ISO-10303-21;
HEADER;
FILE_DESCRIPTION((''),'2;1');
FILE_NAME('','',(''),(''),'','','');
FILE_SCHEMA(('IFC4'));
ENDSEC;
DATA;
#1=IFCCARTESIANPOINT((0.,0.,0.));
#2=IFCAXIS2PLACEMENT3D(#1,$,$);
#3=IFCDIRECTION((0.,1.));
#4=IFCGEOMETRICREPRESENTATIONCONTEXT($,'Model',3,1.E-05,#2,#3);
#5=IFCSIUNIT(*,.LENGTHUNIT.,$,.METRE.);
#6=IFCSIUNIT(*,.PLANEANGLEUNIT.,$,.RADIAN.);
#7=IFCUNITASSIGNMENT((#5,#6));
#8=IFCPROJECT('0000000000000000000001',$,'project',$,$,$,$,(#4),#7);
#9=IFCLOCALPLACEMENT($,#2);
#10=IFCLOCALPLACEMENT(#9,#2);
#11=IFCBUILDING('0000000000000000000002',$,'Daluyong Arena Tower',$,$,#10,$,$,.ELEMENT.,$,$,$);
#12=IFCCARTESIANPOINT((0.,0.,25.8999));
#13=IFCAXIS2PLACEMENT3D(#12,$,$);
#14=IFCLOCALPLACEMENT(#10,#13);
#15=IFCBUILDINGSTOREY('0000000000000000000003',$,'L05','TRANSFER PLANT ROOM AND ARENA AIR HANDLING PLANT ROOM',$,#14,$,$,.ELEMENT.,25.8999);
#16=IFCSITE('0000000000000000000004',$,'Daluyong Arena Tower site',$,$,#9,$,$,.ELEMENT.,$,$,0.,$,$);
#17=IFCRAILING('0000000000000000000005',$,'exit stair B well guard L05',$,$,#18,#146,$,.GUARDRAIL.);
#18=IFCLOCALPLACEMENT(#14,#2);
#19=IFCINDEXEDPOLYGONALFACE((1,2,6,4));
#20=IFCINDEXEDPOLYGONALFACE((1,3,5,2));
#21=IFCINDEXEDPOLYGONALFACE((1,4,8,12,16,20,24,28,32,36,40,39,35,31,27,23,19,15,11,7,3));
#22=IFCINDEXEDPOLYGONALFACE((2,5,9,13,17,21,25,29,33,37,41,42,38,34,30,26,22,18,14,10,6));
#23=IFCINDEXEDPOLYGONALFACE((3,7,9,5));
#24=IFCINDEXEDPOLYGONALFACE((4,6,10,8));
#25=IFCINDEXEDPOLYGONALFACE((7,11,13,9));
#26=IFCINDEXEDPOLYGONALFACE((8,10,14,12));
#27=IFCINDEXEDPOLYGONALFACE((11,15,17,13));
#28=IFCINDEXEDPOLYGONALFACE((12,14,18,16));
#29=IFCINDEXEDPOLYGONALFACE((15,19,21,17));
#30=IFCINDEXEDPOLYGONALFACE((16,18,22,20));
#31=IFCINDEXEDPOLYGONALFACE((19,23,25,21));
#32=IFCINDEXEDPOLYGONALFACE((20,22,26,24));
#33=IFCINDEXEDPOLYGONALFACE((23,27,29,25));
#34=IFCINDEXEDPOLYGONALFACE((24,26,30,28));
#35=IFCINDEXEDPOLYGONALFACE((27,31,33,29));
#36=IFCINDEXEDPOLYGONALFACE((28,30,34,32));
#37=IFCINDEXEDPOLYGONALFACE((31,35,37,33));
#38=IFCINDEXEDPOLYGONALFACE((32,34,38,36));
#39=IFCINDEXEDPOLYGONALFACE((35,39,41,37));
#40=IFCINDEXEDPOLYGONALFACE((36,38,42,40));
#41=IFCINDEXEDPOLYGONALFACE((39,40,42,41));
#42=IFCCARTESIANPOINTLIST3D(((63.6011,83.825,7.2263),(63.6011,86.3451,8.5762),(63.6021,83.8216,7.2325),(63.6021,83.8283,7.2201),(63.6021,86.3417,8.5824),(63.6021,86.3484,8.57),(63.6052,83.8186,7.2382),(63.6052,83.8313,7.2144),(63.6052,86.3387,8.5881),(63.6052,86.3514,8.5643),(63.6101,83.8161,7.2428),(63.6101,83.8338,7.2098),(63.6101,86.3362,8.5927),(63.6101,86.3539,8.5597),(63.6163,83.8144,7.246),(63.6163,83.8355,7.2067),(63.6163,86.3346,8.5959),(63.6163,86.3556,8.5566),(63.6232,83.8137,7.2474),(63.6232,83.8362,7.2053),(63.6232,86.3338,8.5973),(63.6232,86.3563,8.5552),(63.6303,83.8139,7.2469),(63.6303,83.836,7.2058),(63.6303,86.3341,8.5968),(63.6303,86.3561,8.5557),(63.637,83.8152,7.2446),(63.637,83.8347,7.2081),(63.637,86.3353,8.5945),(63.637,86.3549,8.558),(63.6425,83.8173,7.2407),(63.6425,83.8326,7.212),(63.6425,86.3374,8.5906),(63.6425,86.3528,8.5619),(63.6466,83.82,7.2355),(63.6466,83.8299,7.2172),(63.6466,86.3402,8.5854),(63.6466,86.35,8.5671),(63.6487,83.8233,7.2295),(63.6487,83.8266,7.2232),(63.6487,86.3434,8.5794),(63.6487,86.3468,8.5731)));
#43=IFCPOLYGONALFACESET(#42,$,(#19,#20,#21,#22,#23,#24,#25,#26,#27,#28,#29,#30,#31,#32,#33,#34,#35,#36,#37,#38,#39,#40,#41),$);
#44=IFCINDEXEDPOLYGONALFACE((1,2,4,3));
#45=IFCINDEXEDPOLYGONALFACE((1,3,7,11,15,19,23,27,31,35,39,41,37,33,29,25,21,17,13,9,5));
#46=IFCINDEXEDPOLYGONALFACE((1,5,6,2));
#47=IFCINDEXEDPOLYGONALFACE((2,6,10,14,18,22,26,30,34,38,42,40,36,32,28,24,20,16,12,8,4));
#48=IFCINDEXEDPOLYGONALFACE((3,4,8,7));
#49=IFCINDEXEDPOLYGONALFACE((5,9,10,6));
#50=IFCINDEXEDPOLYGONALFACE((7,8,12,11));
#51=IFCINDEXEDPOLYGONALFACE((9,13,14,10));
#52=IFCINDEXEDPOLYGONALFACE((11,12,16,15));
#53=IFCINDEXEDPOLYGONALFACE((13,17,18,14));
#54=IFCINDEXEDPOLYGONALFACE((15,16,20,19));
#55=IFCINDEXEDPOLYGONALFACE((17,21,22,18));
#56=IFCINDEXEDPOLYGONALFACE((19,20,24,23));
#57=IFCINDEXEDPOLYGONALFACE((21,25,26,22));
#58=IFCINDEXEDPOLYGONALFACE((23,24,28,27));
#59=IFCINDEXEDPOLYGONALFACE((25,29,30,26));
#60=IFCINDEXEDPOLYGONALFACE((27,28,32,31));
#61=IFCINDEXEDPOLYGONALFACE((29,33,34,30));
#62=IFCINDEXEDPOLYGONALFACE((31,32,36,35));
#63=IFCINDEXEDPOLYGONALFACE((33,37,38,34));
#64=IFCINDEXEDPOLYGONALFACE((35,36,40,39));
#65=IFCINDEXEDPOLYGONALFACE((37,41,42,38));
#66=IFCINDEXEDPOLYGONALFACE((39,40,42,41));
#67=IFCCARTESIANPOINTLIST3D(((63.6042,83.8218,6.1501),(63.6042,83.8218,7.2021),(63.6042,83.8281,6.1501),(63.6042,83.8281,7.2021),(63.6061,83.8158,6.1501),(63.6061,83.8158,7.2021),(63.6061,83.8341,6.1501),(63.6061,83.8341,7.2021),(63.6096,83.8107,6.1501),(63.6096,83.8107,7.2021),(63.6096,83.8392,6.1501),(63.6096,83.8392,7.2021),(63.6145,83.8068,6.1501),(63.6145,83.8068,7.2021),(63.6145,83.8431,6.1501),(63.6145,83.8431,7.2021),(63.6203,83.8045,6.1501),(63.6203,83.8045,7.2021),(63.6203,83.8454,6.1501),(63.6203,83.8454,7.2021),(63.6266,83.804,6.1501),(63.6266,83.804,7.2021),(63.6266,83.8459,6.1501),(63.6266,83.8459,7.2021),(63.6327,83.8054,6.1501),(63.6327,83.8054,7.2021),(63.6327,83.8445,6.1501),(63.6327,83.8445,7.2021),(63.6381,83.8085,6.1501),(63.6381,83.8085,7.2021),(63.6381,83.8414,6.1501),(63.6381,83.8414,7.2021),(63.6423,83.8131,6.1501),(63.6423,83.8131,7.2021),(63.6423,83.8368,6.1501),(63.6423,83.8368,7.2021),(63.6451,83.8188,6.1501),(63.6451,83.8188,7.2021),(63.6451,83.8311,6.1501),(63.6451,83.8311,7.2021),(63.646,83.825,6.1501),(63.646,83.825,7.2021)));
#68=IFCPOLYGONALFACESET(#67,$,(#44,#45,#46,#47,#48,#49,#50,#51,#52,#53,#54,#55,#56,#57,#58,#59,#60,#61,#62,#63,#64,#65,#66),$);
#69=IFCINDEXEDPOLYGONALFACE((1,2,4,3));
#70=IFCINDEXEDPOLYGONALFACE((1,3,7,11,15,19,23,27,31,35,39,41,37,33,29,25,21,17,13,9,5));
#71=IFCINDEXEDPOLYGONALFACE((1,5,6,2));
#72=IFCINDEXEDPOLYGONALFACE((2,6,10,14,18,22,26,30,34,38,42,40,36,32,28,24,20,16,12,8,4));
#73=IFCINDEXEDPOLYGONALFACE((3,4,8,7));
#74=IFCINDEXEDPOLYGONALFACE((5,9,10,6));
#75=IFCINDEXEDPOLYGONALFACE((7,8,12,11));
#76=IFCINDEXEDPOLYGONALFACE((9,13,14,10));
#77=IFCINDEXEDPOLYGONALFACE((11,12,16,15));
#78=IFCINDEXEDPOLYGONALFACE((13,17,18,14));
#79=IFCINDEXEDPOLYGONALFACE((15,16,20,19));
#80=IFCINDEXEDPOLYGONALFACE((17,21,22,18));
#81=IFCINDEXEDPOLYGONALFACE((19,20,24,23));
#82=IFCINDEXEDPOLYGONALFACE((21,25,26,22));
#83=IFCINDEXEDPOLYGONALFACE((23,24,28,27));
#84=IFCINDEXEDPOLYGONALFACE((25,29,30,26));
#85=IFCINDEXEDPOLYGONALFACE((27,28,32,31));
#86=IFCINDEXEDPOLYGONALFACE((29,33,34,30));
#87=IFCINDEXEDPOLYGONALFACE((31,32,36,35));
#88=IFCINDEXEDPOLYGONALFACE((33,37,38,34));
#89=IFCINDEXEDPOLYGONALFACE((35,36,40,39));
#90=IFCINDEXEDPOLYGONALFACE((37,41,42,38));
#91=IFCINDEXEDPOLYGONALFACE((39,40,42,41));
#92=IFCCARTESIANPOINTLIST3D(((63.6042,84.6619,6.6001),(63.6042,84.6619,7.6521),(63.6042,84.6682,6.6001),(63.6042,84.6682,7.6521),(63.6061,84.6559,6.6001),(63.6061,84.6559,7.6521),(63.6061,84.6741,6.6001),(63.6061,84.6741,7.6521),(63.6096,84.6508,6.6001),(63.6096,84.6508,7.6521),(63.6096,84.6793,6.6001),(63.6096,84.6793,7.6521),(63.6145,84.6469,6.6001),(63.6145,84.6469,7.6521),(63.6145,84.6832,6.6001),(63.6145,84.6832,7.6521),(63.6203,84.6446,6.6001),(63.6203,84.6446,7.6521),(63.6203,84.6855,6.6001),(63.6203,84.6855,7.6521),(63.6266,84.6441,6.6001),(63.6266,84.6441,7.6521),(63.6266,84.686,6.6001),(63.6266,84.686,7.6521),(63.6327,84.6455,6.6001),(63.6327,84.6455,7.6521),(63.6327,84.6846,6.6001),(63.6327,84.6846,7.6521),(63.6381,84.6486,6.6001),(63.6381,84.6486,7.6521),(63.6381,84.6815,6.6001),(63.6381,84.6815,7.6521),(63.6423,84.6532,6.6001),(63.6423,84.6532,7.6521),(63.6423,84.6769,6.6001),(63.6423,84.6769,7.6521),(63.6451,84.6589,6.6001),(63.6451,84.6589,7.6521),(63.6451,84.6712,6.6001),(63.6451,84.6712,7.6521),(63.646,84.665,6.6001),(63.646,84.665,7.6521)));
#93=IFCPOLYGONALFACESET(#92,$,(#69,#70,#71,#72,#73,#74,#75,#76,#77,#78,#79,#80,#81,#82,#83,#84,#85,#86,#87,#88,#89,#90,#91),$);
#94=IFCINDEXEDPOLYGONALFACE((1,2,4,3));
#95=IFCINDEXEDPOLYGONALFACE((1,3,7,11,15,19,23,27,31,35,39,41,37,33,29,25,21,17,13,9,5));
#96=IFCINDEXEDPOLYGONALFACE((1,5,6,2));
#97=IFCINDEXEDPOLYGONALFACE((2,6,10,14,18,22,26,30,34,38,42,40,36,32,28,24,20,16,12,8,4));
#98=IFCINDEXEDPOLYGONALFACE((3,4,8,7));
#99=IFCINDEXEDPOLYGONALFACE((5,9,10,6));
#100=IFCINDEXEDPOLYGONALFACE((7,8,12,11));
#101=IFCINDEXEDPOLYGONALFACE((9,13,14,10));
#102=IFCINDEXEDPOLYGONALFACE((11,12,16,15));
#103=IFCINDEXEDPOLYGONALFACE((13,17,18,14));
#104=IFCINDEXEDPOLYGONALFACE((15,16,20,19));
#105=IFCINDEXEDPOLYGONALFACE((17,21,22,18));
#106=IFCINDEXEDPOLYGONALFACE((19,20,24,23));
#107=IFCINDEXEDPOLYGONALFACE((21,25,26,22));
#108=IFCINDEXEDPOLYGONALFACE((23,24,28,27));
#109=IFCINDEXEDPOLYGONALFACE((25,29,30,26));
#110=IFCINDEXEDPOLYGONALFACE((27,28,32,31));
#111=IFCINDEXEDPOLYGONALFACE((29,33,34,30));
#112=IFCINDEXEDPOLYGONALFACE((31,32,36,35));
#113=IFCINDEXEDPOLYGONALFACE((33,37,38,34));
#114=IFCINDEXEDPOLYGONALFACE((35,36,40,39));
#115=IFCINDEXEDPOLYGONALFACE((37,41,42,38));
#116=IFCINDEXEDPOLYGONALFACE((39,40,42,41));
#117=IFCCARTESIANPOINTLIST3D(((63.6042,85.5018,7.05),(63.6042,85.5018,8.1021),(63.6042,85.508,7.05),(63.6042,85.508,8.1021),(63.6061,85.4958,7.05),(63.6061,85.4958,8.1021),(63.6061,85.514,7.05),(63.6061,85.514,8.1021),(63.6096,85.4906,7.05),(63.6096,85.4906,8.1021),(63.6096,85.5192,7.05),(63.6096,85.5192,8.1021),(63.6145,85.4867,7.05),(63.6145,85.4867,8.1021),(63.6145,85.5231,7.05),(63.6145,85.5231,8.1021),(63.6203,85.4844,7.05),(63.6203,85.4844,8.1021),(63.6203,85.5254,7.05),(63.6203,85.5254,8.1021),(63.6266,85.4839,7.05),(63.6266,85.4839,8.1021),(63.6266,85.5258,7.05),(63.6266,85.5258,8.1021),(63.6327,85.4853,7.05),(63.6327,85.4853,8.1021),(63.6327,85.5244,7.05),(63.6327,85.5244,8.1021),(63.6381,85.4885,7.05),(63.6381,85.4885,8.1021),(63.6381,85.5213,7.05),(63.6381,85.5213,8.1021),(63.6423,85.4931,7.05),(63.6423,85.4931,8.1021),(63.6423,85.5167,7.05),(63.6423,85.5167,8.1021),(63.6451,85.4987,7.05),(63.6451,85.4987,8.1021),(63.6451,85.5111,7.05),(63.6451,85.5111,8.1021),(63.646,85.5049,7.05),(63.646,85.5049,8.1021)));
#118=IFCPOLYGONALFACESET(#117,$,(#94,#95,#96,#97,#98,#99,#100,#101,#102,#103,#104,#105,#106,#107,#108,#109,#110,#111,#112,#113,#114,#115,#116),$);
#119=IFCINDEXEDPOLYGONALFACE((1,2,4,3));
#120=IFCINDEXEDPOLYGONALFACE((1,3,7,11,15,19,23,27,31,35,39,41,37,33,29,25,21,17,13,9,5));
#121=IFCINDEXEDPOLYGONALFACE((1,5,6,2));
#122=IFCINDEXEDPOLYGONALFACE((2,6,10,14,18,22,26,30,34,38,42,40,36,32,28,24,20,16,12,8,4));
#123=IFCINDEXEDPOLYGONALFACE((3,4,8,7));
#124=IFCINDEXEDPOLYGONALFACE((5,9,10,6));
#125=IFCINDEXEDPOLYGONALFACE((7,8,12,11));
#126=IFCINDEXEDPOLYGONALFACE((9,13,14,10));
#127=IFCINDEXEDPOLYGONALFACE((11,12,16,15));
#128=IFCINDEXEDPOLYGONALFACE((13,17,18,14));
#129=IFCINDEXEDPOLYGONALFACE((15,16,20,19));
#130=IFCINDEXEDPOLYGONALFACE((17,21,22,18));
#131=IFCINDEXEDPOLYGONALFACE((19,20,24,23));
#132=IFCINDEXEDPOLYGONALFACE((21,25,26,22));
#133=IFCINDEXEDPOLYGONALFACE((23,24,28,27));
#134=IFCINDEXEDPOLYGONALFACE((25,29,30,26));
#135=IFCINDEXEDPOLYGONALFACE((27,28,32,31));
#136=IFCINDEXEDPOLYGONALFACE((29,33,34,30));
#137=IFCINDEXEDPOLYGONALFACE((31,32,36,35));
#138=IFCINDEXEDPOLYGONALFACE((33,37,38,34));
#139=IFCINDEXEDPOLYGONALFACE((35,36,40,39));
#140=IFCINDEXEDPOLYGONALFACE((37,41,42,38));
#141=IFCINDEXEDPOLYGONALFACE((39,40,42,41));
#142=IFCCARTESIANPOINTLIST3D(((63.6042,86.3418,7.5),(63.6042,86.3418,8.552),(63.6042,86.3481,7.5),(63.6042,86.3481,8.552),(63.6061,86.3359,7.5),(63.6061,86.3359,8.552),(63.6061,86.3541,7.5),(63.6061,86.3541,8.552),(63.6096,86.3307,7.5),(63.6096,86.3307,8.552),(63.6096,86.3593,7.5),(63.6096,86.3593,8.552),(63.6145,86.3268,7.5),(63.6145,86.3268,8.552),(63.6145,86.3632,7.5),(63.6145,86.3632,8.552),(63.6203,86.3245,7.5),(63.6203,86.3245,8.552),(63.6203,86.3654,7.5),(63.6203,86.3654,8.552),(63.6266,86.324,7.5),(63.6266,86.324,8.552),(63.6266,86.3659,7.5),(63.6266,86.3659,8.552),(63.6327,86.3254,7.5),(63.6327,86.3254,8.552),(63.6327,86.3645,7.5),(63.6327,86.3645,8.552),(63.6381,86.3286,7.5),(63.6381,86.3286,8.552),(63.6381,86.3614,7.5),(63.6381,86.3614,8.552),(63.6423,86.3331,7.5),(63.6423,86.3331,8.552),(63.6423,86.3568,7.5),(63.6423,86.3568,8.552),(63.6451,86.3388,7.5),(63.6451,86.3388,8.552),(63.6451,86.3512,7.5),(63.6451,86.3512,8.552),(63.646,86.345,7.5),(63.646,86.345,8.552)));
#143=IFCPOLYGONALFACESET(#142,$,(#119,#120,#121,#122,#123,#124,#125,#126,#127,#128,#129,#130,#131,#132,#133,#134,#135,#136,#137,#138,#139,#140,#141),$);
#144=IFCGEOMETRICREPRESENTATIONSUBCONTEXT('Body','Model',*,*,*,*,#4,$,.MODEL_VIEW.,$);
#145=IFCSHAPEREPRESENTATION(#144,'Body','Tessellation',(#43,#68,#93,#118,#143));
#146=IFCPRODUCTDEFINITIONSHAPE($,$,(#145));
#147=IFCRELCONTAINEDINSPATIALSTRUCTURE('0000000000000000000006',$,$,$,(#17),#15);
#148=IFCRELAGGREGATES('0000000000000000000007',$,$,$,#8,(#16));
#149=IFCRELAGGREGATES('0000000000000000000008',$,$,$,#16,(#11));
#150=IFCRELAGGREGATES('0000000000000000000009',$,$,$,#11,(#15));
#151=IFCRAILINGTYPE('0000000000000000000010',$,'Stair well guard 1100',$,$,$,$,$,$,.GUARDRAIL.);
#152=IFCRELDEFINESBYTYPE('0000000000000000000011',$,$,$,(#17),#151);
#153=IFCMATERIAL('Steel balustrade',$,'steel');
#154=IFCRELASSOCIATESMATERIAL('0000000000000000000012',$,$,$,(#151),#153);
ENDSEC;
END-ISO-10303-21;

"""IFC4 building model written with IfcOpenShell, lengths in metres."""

from ifc_helpers import new_model, si_unit, direction, frame, origin, origin_2d, place, context, subcontext, project, spatial, circle, extrude, material, type_object, element, save


model = new_model("IFC4")

# Units and contexts
model_context = context("Model", 3, precision=1e-05, world=origin(), true_north=direction((0.0, 1.0)))
body_context = subcontext(model_context, "Body", "Model", "MODEL_VIEW")
ifc_project = project(units=[si_unit("LENGTHUNIT", "METRE"), si_unit("PLANEANGLEUNIT", "RADIAN")], contexts=[model_context])

# Site, building, storey
site_placement = place(None, origin())
site = spatial("IfcSite", under=ifc_project, at=site_placement, Name="Daluyong Arena Tower site", CompositionType="ELEMENT", RefElevation=0.0)
building_placement = place(site_placement, origin())
building = spatial("IfcBuilding", under=site, at=building_placement, Name="Daluyong Arena Tower", CompositionType="ELEMENT")
storey_placement = place(building_placement, frame((0.0, 0.0, 25.8999)))
storey = spatial("IfcBuildingStorey", under=building, at=storey_placement, Name="L05", Description="TRANSFER PLANT ROOM AND ARENA AIR HANDLING PLANT ROOM", CompositionType="ELEMENT", Elevation=25.8999)

# Railing
ifc_material_1 = material(Name="Steel balustrade", Category="steel")
railing_type_1 = type_object("IfcRailingType", Name="Stair well guard 1100", PredefinedType="GUARDRAIL", material=ifc_material_1)
railing_1_placement = place(storey_placement, frame((63.625, 83.825, 6.1501)))
element("IfcRailing", 1, at=railing_1_placement, inside=storey, type_object=railing_type_1, Name="exit stair B well guard L05", PredefinedType="GUARDRAIL", context=body_context, shape_type="SweptSolid", body=[
    extrude(circle(Radius=0.0239, at=origin_2d()), frame((0.0, 0.0, 1.0762), z_axis=(0.0, 0.881503, 0.472179), x_axis=(-1.0, 0.0, 0.0)), (0.0, 0.0, 1.0), 2.8589),
    extrude(circle(Radius=0.021, at=origin_2d()), origin(), (0.0, 0.0, 1.0), 1.052),
    extrude(circle(Radius=0.021, at=origin_2d()), frame((0.0, 0.8401, 0.45)), (0.0, 0.0, 1.0), 1.052),
    extrude(circle(Radius=0.021, at=origin_2d()), frame((0.0, 1.6799, 0.8999)), (0.0, 0.0, 1.0), 1.052),
    extrude(circle(Radius=0.021, at=origin_2d()), frame((0.0, 2.52, 1.3499)), (0.0, 0.0, 1.0), 1.052),
])

save(model, "model.ifc")
